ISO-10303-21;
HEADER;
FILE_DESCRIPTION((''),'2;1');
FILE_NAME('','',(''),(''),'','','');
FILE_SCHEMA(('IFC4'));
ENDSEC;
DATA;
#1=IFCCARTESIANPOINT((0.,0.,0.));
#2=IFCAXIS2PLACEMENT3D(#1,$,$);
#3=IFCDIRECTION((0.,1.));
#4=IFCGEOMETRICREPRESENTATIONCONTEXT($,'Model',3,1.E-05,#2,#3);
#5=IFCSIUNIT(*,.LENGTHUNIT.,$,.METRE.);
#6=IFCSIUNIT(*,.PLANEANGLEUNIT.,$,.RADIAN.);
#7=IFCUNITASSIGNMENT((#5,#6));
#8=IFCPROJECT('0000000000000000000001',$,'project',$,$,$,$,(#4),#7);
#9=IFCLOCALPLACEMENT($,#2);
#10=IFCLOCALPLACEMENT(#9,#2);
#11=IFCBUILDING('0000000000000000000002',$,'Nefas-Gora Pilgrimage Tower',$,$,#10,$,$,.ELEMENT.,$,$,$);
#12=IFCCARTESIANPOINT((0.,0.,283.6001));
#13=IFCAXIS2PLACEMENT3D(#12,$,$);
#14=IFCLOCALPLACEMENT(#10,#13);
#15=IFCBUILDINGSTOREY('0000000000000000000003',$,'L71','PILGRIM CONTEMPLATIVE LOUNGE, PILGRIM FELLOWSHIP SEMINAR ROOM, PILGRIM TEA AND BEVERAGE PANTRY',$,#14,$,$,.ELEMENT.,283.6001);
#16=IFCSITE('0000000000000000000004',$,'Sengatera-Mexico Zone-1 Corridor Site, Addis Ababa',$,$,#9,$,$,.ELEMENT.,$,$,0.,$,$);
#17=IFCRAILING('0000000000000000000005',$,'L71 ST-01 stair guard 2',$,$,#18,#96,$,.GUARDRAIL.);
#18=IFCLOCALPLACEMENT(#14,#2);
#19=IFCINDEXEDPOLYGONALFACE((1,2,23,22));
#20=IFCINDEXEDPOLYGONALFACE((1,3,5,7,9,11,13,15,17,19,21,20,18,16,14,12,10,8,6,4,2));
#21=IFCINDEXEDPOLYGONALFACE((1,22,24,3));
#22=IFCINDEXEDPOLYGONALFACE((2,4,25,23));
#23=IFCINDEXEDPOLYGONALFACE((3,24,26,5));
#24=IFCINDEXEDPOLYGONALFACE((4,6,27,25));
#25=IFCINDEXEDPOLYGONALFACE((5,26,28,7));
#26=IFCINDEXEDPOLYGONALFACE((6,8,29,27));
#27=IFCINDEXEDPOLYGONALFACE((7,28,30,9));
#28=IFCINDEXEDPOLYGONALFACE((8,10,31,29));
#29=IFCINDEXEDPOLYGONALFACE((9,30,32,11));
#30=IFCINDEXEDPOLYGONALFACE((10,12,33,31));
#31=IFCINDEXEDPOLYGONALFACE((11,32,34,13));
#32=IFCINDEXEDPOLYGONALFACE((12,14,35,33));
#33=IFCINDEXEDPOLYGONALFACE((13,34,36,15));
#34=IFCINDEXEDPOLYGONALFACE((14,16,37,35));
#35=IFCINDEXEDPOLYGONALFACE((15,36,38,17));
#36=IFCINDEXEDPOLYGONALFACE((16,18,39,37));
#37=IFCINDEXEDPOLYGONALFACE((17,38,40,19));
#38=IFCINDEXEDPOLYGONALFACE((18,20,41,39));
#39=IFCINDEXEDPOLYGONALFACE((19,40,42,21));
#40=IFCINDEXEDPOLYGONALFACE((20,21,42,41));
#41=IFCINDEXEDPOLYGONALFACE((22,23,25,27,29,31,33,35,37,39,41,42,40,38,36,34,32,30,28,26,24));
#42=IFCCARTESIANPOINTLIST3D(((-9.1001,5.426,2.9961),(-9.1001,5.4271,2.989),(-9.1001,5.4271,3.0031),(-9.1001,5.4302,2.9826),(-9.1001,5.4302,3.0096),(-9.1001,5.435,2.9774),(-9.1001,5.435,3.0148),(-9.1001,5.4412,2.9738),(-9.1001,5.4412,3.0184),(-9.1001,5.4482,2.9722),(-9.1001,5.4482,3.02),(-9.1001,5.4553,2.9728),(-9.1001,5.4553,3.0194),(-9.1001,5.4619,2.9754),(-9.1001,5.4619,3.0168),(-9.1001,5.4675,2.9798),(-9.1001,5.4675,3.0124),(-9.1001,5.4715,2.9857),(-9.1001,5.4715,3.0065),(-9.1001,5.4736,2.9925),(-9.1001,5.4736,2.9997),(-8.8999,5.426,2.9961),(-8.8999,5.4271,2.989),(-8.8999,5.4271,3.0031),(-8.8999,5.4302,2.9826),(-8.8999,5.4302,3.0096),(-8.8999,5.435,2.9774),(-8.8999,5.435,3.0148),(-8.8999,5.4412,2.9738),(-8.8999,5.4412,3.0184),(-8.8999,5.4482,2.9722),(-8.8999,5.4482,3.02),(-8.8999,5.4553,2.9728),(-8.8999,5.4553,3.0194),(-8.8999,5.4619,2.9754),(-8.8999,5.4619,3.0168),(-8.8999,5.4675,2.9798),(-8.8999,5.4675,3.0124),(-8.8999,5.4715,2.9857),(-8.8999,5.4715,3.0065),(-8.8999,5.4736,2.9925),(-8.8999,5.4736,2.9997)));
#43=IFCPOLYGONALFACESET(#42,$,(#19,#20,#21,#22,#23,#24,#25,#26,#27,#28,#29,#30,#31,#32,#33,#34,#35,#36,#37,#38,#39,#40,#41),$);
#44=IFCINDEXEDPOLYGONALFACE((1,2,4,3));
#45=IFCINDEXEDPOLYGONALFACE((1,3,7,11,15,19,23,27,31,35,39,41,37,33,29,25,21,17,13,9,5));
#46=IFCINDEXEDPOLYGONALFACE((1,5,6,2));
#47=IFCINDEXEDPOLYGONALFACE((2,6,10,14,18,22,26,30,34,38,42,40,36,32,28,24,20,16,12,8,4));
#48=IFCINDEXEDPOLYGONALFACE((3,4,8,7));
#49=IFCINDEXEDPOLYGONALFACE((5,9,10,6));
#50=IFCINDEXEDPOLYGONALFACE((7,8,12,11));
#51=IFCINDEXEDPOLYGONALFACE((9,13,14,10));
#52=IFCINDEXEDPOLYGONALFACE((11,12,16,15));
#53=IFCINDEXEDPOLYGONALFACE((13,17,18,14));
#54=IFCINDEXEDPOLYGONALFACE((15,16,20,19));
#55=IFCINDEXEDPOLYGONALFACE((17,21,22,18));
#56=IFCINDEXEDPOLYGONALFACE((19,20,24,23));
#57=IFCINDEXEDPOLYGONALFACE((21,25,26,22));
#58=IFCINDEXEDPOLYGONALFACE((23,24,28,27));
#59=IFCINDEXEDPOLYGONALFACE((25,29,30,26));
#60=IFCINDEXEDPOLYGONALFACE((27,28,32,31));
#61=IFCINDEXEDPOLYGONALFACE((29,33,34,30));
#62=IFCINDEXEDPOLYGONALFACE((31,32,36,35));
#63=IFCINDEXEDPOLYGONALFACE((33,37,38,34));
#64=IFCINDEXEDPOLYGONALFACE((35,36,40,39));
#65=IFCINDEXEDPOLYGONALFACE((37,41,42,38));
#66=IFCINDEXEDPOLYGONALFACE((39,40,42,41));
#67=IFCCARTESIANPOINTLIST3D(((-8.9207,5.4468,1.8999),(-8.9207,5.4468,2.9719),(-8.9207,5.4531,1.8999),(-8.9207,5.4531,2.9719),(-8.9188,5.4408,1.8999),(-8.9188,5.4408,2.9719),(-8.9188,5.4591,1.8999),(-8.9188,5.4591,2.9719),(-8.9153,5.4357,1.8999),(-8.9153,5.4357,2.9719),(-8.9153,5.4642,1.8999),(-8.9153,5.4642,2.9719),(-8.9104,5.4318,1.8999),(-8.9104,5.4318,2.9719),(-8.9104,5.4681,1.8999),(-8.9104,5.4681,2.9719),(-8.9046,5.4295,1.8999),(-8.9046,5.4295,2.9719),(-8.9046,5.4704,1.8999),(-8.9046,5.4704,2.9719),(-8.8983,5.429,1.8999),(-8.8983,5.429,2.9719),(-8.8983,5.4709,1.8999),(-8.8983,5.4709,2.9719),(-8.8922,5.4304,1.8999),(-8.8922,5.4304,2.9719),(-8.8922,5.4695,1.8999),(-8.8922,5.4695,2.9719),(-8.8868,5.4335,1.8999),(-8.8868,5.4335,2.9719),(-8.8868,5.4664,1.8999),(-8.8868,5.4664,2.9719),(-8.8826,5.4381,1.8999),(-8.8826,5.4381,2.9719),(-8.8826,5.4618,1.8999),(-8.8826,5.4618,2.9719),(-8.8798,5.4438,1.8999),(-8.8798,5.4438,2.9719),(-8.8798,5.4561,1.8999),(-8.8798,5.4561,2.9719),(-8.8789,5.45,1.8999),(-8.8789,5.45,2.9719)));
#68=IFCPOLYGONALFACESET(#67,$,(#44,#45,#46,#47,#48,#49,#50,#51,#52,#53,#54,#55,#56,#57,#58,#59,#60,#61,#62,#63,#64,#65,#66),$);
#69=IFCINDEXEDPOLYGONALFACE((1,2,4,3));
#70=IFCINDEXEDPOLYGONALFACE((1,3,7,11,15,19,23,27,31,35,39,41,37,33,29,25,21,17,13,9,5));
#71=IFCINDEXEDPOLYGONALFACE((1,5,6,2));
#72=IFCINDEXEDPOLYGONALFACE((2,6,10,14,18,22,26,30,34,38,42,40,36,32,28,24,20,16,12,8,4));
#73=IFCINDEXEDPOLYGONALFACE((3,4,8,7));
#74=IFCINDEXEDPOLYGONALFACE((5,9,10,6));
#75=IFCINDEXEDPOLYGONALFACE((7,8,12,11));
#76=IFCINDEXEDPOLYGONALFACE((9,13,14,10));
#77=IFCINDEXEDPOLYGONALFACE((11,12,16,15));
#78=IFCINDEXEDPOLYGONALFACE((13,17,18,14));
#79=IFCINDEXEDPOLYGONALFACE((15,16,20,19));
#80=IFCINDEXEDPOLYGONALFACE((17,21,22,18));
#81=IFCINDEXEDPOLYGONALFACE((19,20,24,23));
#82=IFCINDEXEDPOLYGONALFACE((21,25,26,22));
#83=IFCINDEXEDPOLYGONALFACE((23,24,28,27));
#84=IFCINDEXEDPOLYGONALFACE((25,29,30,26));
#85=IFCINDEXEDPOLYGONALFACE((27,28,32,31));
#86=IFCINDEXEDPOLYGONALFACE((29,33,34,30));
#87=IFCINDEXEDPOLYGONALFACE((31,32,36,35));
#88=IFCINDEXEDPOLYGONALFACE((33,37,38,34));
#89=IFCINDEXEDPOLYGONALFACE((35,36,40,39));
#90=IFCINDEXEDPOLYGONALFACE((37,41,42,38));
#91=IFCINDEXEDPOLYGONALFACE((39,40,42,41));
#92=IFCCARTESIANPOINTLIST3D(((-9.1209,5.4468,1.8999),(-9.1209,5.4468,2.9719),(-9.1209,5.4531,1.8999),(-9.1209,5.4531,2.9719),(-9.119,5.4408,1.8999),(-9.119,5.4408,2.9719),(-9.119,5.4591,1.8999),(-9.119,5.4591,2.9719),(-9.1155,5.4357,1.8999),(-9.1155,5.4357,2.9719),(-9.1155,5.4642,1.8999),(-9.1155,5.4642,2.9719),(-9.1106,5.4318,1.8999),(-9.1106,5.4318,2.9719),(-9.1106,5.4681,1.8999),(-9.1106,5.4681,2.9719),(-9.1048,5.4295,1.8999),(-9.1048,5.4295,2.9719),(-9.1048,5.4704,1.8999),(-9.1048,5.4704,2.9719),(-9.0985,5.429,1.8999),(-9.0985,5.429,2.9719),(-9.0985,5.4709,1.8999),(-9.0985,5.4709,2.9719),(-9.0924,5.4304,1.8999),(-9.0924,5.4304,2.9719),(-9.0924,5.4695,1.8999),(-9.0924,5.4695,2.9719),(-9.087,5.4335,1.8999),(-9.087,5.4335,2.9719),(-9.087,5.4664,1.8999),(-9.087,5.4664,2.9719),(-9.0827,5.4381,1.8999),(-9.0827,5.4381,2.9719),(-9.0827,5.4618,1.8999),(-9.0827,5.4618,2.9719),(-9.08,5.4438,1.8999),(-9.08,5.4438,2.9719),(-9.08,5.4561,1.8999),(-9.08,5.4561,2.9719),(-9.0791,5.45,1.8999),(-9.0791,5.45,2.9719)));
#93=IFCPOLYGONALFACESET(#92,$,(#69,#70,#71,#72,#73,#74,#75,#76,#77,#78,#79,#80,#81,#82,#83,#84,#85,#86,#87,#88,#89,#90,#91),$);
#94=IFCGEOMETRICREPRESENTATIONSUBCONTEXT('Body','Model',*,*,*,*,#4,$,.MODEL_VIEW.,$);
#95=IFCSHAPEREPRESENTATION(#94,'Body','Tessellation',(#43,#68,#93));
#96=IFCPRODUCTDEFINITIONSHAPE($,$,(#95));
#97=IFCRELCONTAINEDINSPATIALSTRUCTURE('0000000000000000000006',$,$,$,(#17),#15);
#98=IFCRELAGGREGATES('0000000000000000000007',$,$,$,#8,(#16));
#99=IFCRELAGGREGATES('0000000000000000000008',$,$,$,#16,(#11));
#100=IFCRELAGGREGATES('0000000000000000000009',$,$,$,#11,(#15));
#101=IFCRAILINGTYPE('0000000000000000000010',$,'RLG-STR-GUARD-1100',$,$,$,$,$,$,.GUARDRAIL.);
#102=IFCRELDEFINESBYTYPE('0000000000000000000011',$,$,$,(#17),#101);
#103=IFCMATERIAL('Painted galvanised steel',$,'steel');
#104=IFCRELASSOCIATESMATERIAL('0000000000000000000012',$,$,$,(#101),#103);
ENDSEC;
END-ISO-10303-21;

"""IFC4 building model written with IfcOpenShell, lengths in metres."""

from ifc_helpers import new_model, si_unit, direction, frame, origin, origin_2d, place, context, subcontext, project, spatial, circle, extrude, material, type_object, element, save


model = new_model("IFC4")

# Units and contexts
model_context = context("Model", 3, precision=1e-05, world=origin(), true_north=direction((0.0, 1.0)))
body_context = subcontext(model_context, "Body", "Model", "MODEL_VIEW")
ifc_project = project(units=[si_unit("LENGTHUNIT", "METRE"), si_unit("PLANEANGLEUNIT", "RADIAN")], contexts=[model_context])

# Site, building, storey
site_placement = place(None, origin())
site = spatial("IfcSite", under=ifc_project, at=site_placement, Name="Sengatera-Mexico Zone-1 Corridor Site, Addis Ababa", CompositionType="ELEMENT", RefElevation=0.0)
building_placement = place(site_placement, origin())
building = spatial("IfcBuilding", under=site, at=building_placement, Name="Nefas-Gora Pilgrimage Tower", CompositionType="ELEMENT")
storey_placement = place(building_placement, frame((0.0, 0.0, 283.6001)))
storey = spatial("IfcBuildingStorey", under=building, at=storey_placement, Name="L71", Description="PILGRIM CONTEMPLATIVE LOUNGE, PILGRIM FELLOWSHIP SEMINAR ROOM, PILGRIM TEA AND BEVERAGE PANTRY", CompositionType="ELEMENT", Elevation=283.6001)

# Railing
ifc_material_1 = material(Name="Painted galvanised steel", Category="steel")
railing_type_1 = type_object("IfcRailingType", Name="RLG-STR-GUARD-1100", PredefinedType="GUARDRAIL", material=ifc_material_1)
railing_1_placement = place(storey_placement, frame((-8.8999, 5.45, 1.8999)))
element("IfcRailing", 1, at=railing_1_placement, inside=storey, type_object=railing_type_1, Name="L71 ST-01 stair guard 2", PredefinedType="GUARDRAIL", context=body_context, shape_type="SweptSolid", body=[
    extrude(circle(Radius=0.0239, at=origin_2d()), frame((0.0, 0.0, 1.0962), z_axis=(-1.0, 0.0, 0.0), x_axis=(0.0, -1.0, 0.0)), (0.0, 0.0, 1.0), 0.2002),
    extrude(circle(Radius=0.021, at=origin_2d()), origin(), (0.0, 0.0, 1.0), 1.072),
    extrude(circle(Radius=0.021, at=origin_2d()), frame((-0.2002, 0.0, 0.0)), (0.0, 0.0, 1.0), 1.072),
])

save(model, "model.ifc")
